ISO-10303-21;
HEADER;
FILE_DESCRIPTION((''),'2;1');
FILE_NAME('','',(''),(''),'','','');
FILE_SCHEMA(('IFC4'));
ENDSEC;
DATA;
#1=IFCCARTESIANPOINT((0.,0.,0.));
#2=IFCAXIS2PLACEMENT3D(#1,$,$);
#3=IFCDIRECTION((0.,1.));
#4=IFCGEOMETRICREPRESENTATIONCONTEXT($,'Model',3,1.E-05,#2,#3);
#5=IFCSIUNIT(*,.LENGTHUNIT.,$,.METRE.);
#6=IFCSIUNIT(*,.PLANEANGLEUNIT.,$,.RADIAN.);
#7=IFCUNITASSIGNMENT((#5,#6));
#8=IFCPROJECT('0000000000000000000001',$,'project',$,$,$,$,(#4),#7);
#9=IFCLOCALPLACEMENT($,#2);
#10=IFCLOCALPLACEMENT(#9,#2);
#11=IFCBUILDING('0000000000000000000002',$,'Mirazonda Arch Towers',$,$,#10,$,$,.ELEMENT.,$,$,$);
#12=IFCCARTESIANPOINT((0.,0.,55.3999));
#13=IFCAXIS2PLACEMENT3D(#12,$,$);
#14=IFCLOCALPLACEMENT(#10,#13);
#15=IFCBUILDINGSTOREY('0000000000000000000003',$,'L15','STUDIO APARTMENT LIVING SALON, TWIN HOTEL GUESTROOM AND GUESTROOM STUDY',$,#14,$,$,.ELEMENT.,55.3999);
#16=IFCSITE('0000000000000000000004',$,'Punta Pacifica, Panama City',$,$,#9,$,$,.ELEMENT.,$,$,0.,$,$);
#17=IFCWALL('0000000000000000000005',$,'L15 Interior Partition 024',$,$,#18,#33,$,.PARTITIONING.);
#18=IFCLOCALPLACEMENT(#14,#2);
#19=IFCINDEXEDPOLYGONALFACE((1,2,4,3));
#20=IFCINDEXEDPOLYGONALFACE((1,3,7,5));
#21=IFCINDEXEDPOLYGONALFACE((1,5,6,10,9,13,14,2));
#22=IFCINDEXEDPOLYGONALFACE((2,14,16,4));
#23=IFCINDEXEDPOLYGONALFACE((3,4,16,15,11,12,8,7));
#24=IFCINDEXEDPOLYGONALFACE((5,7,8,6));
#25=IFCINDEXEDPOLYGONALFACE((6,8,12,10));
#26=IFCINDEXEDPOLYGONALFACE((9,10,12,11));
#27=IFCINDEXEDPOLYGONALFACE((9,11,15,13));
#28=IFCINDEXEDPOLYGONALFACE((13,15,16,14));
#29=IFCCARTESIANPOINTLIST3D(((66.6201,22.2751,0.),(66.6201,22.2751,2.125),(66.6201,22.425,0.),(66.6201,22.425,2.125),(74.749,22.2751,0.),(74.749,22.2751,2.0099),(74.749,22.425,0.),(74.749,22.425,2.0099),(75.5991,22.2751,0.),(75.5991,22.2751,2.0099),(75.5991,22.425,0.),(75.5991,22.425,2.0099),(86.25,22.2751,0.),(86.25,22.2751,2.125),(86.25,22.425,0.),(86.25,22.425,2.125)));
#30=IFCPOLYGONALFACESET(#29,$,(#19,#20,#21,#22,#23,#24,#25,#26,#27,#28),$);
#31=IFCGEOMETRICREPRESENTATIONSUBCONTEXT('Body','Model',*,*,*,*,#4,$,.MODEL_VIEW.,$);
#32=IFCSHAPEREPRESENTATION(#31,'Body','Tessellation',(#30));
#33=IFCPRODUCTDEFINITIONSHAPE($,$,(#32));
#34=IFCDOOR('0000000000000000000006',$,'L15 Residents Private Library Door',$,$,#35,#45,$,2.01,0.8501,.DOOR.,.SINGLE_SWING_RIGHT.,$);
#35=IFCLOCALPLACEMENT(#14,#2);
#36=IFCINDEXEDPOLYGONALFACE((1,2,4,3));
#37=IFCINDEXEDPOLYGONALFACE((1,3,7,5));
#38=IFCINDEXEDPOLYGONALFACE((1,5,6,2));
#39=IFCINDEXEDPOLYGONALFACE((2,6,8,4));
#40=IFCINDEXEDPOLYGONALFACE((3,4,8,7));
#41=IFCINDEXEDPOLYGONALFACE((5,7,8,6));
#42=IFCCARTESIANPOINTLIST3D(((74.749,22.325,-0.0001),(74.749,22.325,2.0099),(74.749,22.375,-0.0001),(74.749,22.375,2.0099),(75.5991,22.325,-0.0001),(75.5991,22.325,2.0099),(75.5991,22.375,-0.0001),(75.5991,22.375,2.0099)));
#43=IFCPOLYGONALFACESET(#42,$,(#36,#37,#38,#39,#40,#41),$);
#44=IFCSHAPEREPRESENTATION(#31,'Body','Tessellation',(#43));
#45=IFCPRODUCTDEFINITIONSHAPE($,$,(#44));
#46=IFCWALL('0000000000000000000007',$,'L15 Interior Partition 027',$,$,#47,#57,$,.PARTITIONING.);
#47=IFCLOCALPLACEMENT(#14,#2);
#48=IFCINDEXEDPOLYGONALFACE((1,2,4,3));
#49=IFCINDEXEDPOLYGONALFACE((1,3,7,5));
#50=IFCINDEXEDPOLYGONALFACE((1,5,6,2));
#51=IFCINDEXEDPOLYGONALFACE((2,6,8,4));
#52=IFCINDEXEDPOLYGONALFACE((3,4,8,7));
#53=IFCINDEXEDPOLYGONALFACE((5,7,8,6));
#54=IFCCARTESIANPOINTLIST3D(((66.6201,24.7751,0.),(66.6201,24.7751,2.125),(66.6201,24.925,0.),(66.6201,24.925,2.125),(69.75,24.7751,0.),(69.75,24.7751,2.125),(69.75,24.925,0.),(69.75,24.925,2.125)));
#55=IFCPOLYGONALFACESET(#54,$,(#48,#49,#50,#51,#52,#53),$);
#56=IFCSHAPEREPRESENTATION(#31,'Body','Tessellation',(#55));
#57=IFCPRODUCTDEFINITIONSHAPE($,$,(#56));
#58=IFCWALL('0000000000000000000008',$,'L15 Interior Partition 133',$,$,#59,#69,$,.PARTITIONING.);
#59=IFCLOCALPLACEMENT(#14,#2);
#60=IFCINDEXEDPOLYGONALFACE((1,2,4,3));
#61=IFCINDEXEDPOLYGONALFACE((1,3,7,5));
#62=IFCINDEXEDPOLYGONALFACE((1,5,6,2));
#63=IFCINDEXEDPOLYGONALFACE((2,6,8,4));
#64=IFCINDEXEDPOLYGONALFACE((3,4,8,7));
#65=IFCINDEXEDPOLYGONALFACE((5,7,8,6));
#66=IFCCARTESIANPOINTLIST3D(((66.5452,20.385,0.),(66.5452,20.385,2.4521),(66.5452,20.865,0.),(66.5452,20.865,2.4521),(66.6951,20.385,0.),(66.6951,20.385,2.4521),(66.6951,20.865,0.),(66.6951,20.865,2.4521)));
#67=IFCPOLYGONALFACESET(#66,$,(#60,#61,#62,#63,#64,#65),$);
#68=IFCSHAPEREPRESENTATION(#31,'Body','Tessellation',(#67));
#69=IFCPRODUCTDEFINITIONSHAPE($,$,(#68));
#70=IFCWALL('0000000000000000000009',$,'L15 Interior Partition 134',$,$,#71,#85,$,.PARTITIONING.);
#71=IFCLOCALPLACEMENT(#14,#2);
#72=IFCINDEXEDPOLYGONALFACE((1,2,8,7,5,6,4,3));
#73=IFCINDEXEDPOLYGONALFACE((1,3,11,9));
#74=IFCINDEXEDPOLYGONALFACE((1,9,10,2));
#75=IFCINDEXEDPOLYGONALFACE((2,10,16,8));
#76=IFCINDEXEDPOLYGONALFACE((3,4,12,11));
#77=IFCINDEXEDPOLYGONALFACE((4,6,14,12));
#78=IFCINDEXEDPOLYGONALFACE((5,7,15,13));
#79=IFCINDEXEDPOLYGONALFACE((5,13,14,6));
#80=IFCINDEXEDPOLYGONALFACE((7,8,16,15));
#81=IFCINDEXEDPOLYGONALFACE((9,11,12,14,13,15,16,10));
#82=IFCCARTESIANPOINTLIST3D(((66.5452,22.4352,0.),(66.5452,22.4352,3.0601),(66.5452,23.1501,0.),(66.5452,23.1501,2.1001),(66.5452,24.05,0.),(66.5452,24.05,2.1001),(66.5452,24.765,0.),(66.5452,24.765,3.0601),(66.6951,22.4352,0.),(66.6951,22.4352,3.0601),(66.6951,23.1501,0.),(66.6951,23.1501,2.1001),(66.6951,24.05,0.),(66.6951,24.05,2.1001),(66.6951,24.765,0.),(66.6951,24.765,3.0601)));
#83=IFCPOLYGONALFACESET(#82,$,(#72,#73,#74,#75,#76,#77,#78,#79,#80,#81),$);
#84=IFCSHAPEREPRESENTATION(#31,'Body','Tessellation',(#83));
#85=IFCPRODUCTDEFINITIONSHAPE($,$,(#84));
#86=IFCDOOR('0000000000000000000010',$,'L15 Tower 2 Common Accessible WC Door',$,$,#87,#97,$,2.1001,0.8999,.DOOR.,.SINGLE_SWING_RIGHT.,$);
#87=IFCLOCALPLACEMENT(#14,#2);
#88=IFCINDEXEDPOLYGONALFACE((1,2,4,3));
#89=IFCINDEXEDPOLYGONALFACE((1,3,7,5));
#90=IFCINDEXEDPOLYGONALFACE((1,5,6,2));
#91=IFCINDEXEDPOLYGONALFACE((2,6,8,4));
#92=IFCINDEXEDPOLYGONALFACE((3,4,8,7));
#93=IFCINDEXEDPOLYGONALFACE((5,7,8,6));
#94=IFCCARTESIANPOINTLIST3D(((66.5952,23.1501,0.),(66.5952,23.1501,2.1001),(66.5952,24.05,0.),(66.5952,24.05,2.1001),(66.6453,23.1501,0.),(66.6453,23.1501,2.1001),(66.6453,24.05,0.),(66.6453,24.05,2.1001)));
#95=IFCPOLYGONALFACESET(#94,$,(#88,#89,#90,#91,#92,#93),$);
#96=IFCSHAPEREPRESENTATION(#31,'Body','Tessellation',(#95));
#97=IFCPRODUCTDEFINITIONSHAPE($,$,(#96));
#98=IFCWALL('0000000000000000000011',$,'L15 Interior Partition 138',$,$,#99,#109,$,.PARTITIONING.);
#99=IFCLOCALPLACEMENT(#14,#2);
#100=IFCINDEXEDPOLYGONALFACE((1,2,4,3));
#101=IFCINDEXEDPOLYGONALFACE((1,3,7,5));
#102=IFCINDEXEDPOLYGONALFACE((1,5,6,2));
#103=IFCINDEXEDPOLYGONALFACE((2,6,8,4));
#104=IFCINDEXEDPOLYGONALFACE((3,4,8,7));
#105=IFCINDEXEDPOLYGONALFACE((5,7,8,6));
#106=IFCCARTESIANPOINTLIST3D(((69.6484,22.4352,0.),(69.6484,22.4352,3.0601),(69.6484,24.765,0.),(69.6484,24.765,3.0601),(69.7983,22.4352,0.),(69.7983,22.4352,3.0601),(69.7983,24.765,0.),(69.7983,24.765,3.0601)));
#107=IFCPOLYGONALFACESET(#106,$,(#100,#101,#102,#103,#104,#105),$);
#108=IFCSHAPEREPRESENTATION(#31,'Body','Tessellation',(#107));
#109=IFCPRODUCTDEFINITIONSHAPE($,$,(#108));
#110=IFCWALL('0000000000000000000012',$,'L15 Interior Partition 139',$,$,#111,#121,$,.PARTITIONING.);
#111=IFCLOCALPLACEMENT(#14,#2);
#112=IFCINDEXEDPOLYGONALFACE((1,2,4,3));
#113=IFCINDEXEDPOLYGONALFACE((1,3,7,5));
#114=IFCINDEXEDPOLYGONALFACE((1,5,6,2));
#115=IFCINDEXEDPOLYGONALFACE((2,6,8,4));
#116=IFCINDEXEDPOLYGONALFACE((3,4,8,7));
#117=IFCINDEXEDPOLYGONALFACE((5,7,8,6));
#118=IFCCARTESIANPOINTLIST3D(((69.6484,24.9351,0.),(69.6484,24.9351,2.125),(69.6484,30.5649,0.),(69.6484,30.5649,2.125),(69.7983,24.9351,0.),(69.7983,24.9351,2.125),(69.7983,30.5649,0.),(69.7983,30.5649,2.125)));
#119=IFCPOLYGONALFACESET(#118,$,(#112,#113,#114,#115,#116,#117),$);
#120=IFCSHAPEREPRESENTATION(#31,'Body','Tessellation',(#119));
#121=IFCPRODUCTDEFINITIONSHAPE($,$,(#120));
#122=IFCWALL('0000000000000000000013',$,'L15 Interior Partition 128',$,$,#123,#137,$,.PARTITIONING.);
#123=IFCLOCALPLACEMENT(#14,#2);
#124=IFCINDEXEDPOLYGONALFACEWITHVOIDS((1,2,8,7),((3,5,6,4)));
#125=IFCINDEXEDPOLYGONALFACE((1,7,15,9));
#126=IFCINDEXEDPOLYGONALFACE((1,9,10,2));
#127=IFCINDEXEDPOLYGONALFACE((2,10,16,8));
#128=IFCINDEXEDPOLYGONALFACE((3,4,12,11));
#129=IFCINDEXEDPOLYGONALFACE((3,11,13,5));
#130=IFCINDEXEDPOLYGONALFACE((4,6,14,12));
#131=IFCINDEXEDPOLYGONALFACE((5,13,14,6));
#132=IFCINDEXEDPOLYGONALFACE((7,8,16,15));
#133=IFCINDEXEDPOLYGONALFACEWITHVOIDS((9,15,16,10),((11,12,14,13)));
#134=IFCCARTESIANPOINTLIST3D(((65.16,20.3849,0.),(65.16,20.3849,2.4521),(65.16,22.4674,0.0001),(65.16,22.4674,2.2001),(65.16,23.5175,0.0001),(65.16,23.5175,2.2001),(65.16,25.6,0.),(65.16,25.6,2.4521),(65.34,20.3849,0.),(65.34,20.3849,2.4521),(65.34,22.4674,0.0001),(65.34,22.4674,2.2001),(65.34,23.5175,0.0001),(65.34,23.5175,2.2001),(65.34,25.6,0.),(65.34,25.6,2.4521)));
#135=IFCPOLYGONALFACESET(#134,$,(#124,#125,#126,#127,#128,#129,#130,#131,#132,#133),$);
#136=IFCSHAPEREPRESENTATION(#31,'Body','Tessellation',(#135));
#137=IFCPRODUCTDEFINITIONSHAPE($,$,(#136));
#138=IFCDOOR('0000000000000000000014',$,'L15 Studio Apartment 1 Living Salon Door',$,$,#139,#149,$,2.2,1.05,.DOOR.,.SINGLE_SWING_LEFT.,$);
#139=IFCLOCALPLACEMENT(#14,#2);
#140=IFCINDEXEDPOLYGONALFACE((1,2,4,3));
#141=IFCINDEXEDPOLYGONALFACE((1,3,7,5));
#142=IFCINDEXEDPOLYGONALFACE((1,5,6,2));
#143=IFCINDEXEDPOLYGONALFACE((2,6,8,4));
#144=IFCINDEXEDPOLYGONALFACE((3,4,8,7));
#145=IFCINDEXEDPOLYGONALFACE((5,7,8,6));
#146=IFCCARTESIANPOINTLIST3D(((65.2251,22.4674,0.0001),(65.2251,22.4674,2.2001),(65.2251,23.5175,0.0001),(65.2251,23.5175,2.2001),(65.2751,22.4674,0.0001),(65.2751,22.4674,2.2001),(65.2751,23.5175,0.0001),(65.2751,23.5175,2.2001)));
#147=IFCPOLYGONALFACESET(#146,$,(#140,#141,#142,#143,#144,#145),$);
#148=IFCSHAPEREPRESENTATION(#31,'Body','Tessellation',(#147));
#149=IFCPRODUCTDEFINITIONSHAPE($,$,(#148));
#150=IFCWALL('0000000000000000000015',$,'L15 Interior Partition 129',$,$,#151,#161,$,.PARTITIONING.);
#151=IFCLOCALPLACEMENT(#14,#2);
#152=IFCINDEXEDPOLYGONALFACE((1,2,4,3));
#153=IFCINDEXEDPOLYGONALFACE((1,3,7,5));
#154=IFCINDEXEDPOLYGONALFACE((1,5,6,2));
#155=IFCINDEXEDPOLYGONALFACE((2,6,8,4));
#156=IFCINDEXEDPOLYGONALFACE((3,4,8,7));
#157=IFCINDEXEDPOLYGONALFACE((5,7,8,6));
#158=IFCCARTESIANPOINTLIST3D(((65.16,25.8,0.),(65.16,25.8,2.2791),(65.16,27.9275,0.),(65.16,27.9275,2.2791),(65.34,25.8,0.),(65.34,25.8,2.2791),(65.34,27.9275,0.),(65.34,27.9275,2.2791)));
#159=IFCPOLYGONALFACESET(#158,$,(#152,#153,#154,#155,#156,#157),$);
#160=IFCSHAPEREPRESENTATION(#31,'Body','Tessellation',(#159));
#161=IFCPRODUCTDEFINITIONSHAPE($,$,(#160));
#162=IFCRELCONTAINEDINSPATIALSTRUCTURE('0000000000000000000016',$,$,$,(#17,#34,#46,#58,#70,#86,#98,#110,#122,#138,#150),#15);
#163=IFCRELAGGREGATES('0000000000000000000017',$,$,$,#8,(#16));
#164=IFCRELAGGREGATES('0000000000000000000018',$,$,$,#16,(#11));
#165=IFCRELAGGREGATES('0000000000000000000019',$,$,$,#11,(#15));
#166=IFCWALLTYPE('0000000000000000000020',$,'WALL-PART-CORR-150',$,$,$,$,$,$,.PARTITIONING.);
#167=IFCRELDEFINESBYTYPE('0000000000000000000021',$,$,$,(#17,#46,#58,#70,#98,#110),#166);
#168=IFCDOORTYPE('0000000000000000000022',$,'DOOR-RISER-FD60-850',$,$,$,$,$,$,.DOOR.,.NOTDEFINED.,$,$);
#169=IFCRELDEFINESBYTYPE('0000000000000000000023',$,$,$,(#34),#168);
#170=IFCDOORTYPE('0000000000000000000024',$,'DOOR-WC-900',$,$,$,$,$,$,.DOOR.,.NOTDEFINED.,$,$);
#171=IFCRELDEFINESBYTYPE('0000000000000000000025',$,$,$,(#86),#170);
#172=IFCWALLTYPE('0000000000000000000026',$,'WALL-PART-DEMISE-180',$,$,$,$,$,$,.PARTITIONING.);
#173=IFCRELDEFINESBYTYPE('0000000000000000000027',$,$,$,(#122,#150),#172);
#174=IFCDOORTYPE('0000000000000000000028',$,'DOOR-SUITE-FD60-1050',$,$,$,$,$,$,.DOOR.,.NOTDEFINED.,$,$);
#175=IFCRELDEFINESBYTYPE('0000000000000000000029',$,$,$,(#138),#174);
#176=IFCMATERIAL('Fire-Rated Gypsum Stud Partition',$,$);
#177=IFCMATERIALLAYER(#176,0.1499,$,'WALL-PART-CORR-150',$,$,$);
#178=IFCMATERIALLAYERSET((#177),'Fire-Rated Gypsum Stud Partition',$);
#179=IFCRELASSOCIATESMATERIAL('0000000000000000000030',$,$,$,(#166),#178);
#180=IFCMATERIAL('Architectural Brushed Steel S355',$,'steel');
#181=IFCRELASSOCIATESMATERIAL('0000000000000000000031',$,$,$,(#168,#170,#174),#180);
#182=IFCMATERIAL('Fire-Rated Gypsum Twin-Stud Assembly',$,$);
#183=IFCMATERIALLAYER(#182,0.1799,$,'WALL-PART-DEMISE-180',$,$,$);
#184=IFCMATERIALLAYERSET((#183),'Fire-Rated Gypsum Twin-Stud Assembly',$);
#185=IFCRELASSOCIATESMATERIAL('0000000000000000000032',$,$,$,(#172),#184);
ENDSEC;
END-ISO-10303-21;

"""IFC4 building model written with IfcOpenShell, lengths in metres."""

from ifc_helpers import new_model, si_unit, direction, frame, frame_2d, origin, place, context, subcontext, project, spatial, rectangle, extrude, material, layer, layer_set, type_object, element, fill, save


model = new_model("IFC4")

# Units and contexts
model_context = context("Model", 3, precision=1e-05, world=origin(), true_north=direction((0.0, 1.0)))
body_context = subcontext(model_context, "Body", "Model", "MODEL_VIEW")
ifc_project = project(units=[si_unit("LENGTHUNIT", "METRE"), si_unit("PLANEANGLEUNIT", "RADIAN")], contexts=[model_context])

# Site, building, storey
site_placement = place(None, origin())
site = spatial("IfcSite", under=ifc_project, at=site_placement, Name="Punta Pacifica, Panama City", CompositionType="ELEMENT", RefElevation=0.0)
building_placement = place(site_placement, origin())
building = spatial("IfcBuilding", under=site, at=building_placement, Name="Mirazonda Arch Towers", CompositionType="ELEMENT")
storey_placement = place(building_placement, frame((0.0, 0.0, 55.3999)))
storey = spatial("IfcBuildingStorey", under=building, at=storey_placement, Name="L15", Description="STUDIO APARTMENT LIVING SALON, TWIN HOTEL GUESTROOM AND GUESTROOM STUDY", CompositionType="ELEMENT", Elevation=55.3999)

# Shared definitions
ifc_material_1 = material(Name="Architectural Brushed Steel S355", Category="steel")

# Shared definitions
ifc_material_2 = material(Name="Fire-Rated Gypsum Stud Partition")
ifc_layer_1 = layer(ifc_material_2, 0.1499, Name="WALL-PART-CORR-150")
ifc_layer_set_1 = layer_set([ifc_layer_1], Name="Fire-Rated Gypsum Stud Partition")
wall_type_1 = type_object("IfcWallType", Name="WALL-PART-CORR-150", PredefinedType="PARTITIONING", material=ifc_layer_set_1)

# Wall, opening, door
wall_1_placement = place(storey_placement, frame((66.6201, 22.3501, 0.0), z_axis=(0.0, 0.0, 1.0), x_axis=(1.0, 0.0, 0.0)))
wall_1 = element("IfcWall", 1, at=wall_1_placement, inside=storey, type_object=wall_type_1, Name="L15 Interior Partition 024", PredefinedType="PARTITIONING", context=body_context, shape_type="SweptSolid", body=[
    extrude(rectangle(XDim=19.6299, YDim=0.1499, at=frame_2d((9.8149, 0.0))), origin(), (0.0, 0.0, 1.0), 2.125),
])
opening_1_placement = place(wall_1_placement, frame((8.1289, 0.0, 0.0)))
opening_1 = element("IfcOpeningElement", 2, at=opening_1_placement, cuts=wall_1, PredefinedType="OPENING", context=body_context, shape_type="SweptSolid", body=[
    extrude(rectangle(XDim=0.8501, YDim=2.01, at=frame_2d((0.425, 1.0049))), frame((0.0, 0.085, 0.0), z_axis=(0.0, -1.0, 0.0), x_axis=(1.0, 0.0, 0.0)), (0.0, 0.0, 1.0), 0.1699),
])
door_type_1 = type_object("IfcDoorType", Name="DOOR-RISER-FD60-850", OperationType="NOTDEFINED", PredefinedType="DOOR", material=ifc_material_1)
door_1_placement = place(opening_1_placement, origin())
door_1 = element("IfcDoor", 3, at=door_1_placement, inside=storey, type_object=door_type_1, Name="L15 Residents Private Library Door", OperationType="SINGLE_SWING_RIGHT", OverallHeight=2.01, OverallWidth=0.8501, PredefinedType="DOOR", context=body_context, shape_type="SweptSolid", body=[
    extrude(rectangle(XDim=0.8501, YDim=2.01, at=frame_2d((0.425, 1.0049))), frame((0.0, 0.0249, 0.0), z_axis=(0.0, -1.0, 0.0), x_axis=(1.0, 0.0, 0.0)), (0.0, 0.0, 1.0), 0.05),
])
fill(opening_1, door_1)

# Walls
wall_2_placement = place(storey_placement, frame((66.6201, 24.8501, 0.0), z_axis=(0.0, 0.0, 1.0), x_axis=(1.0, 0.0, 0.0)))
element("IfcWall", 4, at=wall_2_placement, inside=storey, type_object=wall_type_1, Name="L15 Interior Partition 027", PredefinedType="PARTITIONING", context=body_context, shape_type="SweptSolid", body=[
    extrude(rectangle(XDim=3.1299, YDim=0.1499, at=frame_2d((1.5649, 0.0))), origin(), (0.0, 0.0, 1.0), 2.125),
])
wall_3_placement = place(storey_placement, frame((66.6201, 20.385, 0.0), z_axis=(0.0, 0.0, 1.0), x_axis=(0.0, 1.0, 0.0)))
element("IfcWall", 5, at=wall_3_placement, inside=storey, type_object=wall_type_1, Name="L15 Interior Partition 133", PredefinedType="PARTITIONING", context=body_context, shape_type="SweptSolid", body=[
    extrude(rectangle(XDim=0.48, YDim=0.1499, at=frame_2d((0.24, 0.0))), origin(), (0.0, 0.0, 1.0), 2.4521),
])

# Wall, opening, door
wall_4_placement = place(storey_placement, frame((66.6201, 22.4351, 0.0), z_axis=(0.0, 0.0, 1.0), x_axis=(0.0, 1.0, 0.0)))
wall_4 = element("IfcWall", 6, at=wall_4_placement, inside=storey, type_object=wall_type_1, Name="L15 Interior Partition 134", PredefinedType="PARTITIONING", context=body_context, shape_type="SweptSolid", body=[
    extrude(rectangle(XDim=2.3298, YDim=0.1499, at=frame_2d((1.165, 0.0))), origin(), (0.0, 0.0, 1.0), 3.0601),
])
opening_2_placement = place(wall_4_placement, frame((0.7151, 0.0, 0.0)))
opening_2 = element("IfcOpeningElement", 7, at=opening_2_placement, cuts=wall_4, PredefinedType="OPENING", context=body_context, shape_type="SweptSolid", body=[
    extrude(rectangle(XDim=0.8999, YDim=2.1001, at=frame_2d((0.45, 1.05))), frame((0.0, 0.085, 0.0), z_axis=(0.0, -1.0, 0.0), x_axis=(1.0, 0.0, 0.0)), (0.0, 0.0, 1.0), 0.1699),
])
door_type_2 = type_object("IfcDoorType", Name="DOOR-WC-900", OperationType="NOTDEFINED", PredefinedType="DOOR", material=ifc_material_1)
door_2_placement = place(opening_2_placement, origin())
door_2 = element("IfcDoor", 8, at=door_2_placement, inside=storey, type_object=door_type_2, Name="L15 Tower 2 Common Accessible WC Door", OperationType="SINGLE_SWING_RIGHT", OverallHeight=2.1001, OverallWidth=0.8999, PredefinedType="DOOR", context=body_context, shape_type="SweptSolid", body=[
    extrude(rectangle(XDim=0.8999, YDim=2.1001, at=frame_2d((0.45, 1.05))), frame((0.0, 0.0249, 0.0), z_axis=(0.0, -1.0, 0.0), x_axis=(1.0, 0.0, 0.0)), (0.0, 0.0, 1.0), 0.05),
])
fill(opening_2, door_2)

# Walls
wall_5_placement = place(storey_placement, frame((69.7234, 22.4351, 0.0), z_axis=(0.0, 0.0, 1.0), x_axis=(0.0, 1.0, 0.0)))
element("IfcWall", 9, at=wall_5_placement, inside=storey, type_object=wall_type_1, Name="L15 Interior Partition 138", PredefinedType="PARTITIONING", context=body_context, shape_type="SweptSolid", body=[
    extrude(rectangle(XDim=2.3298, YDim=0.1499, at=frame_2d((1.165, 0.0))), origin(), (0.0, 0.0, 1.0), 3.0601),
])
wall_6_placement = place(storey_placement, frame((69.7234, 24.9351, 0.0), z_axis=(0.0, 0.0, 1.0), x_axis=(0.0, 1.0, 0.0)))
element("IfcWall", 10, at=wall_6_placement, inside=storey, type_object=wall_type_1, Name="L15 Interior Partition 139", PredefinedType="PARTITIONING", context=body_context, shape_type="SweptSolid", body=[
    extrude(rectangle(XDim=5.6299, YDim=0.1499, at=frame_2d((2.8149, 0.0))), origin(), (0.0, 0.0, 1.0), 2.125),
])

# Wall, opening, door
ifc_material_3 = material(Name="Fire-Rated Gypsum Twin-Stud Assembly")
ifc_layer_2 = layer(ifc_material_3, 0.1799, Name="WALL-PART-DEMISE-180")
ifc_layer_set_2 = layer_set([ifc_layer_2], Name="Fire-Rated Gypsum Twin-Stud Assembly")
wall_type_2 = type_object("IfcWallType", Name="WALL-PART-DEMISE-180", PredefinedType="PARTITIONING", material=ifc_layer_set_2)
wall_7_placement = place(storey_placement, frame((65.25, 20.385, 0.0), z_axis=(0.0, 0.0, 1.0), x_axis=(0.0, 1.0, 0.0)))
wall_7 = element("IfcWall", 11, at=wall_7_placement, inside=storey, type_object=wall_type_2, Name="L15 Interior Partition 128", PredefinedType="PARTITIONING", context=body_context, shape_type="SweptSolid", body=[
    extrude(rectangle(XDim=5.2151, YDim=0.1799, at=frame_2d((2.6074, 0.0))), origin(), (0.0, 0.0, 1.0), 2.4521),
])
opening_3_placement = place(wall_7_placement, frame((2.0825, 0.0, 0.0)))
opening_3 = element("IfcOpeningElement", 12, at=opening_3_placement, cuts=wall_7, PredefinedType="OPENING", context=body_context, shape_type="SweptSolid", body=[
    extrude(rectangle(XDim=1.05, YDim=2.2, at=frame_2d((0.5249, 1.1001))), frame((0.0, 0.0999, 0.0), z_axis=(0.0, -1.0, 0.0), x_axis=(1.0, 0.0, 0.0)), (0.0, 0.0, 1.0), 0.2),
])
door_type_3 = type_object("IfcDoorType", Name="DOOR-SUITE-FD60-1050", OperationType="NOTDEFINED", PredefinedType="DOOR", material=ifc_material_1)
door_3_placement = place(opening_3_placement, origin())
door_3 = element("IfcDoor", 13, at=door_3_placement, inside=storey, type_object=door_type_3, Name="L15 Studio Apartment 1 Living Salon Door", OperationType="SINGLE_SWING_LEFT", OverallHeight=2.2, OverallWidth=1.05, PredefinedType="DOOR", context=body_context, shape_type="SweptSolid", body=[
    extrude(rectangle(XDim=1.05, YDim=2.2, at=frame_2d((0.5249, 1.1001))), frame((0.0, 0.0249, 0.0), z_axis=(0.0, -1.0, 0.0), x_axis=(1.0, 0.0, 0.0)), (0.0, 0.0, 1.0), 0.05),
])
fill(opening_3, door_3)

# Wall
wall_8_placement = place(storey_placement, frame((65.25, 25.8, 0.0), z_axis=(0.0, 0.0, 1.0), x_axis=(0.0, 1.0, 0.0)))
element("IfcWall", 14, at=wall_8_placement, inside=storey, type_object=wall_type_2, Name="L15 Interior Partition 129", PredefinedType="PARTITIONING", context=body_context, shape_type="SweptSolid", body=[
    extrude(rectangle(XDim=2.1274, YDim=0.1799, at=frame_2d((1.0637, 0.0))), origin(), (0.0, 0.0, 1.0), 2.2791),
])

save(model, "model.ifc")
